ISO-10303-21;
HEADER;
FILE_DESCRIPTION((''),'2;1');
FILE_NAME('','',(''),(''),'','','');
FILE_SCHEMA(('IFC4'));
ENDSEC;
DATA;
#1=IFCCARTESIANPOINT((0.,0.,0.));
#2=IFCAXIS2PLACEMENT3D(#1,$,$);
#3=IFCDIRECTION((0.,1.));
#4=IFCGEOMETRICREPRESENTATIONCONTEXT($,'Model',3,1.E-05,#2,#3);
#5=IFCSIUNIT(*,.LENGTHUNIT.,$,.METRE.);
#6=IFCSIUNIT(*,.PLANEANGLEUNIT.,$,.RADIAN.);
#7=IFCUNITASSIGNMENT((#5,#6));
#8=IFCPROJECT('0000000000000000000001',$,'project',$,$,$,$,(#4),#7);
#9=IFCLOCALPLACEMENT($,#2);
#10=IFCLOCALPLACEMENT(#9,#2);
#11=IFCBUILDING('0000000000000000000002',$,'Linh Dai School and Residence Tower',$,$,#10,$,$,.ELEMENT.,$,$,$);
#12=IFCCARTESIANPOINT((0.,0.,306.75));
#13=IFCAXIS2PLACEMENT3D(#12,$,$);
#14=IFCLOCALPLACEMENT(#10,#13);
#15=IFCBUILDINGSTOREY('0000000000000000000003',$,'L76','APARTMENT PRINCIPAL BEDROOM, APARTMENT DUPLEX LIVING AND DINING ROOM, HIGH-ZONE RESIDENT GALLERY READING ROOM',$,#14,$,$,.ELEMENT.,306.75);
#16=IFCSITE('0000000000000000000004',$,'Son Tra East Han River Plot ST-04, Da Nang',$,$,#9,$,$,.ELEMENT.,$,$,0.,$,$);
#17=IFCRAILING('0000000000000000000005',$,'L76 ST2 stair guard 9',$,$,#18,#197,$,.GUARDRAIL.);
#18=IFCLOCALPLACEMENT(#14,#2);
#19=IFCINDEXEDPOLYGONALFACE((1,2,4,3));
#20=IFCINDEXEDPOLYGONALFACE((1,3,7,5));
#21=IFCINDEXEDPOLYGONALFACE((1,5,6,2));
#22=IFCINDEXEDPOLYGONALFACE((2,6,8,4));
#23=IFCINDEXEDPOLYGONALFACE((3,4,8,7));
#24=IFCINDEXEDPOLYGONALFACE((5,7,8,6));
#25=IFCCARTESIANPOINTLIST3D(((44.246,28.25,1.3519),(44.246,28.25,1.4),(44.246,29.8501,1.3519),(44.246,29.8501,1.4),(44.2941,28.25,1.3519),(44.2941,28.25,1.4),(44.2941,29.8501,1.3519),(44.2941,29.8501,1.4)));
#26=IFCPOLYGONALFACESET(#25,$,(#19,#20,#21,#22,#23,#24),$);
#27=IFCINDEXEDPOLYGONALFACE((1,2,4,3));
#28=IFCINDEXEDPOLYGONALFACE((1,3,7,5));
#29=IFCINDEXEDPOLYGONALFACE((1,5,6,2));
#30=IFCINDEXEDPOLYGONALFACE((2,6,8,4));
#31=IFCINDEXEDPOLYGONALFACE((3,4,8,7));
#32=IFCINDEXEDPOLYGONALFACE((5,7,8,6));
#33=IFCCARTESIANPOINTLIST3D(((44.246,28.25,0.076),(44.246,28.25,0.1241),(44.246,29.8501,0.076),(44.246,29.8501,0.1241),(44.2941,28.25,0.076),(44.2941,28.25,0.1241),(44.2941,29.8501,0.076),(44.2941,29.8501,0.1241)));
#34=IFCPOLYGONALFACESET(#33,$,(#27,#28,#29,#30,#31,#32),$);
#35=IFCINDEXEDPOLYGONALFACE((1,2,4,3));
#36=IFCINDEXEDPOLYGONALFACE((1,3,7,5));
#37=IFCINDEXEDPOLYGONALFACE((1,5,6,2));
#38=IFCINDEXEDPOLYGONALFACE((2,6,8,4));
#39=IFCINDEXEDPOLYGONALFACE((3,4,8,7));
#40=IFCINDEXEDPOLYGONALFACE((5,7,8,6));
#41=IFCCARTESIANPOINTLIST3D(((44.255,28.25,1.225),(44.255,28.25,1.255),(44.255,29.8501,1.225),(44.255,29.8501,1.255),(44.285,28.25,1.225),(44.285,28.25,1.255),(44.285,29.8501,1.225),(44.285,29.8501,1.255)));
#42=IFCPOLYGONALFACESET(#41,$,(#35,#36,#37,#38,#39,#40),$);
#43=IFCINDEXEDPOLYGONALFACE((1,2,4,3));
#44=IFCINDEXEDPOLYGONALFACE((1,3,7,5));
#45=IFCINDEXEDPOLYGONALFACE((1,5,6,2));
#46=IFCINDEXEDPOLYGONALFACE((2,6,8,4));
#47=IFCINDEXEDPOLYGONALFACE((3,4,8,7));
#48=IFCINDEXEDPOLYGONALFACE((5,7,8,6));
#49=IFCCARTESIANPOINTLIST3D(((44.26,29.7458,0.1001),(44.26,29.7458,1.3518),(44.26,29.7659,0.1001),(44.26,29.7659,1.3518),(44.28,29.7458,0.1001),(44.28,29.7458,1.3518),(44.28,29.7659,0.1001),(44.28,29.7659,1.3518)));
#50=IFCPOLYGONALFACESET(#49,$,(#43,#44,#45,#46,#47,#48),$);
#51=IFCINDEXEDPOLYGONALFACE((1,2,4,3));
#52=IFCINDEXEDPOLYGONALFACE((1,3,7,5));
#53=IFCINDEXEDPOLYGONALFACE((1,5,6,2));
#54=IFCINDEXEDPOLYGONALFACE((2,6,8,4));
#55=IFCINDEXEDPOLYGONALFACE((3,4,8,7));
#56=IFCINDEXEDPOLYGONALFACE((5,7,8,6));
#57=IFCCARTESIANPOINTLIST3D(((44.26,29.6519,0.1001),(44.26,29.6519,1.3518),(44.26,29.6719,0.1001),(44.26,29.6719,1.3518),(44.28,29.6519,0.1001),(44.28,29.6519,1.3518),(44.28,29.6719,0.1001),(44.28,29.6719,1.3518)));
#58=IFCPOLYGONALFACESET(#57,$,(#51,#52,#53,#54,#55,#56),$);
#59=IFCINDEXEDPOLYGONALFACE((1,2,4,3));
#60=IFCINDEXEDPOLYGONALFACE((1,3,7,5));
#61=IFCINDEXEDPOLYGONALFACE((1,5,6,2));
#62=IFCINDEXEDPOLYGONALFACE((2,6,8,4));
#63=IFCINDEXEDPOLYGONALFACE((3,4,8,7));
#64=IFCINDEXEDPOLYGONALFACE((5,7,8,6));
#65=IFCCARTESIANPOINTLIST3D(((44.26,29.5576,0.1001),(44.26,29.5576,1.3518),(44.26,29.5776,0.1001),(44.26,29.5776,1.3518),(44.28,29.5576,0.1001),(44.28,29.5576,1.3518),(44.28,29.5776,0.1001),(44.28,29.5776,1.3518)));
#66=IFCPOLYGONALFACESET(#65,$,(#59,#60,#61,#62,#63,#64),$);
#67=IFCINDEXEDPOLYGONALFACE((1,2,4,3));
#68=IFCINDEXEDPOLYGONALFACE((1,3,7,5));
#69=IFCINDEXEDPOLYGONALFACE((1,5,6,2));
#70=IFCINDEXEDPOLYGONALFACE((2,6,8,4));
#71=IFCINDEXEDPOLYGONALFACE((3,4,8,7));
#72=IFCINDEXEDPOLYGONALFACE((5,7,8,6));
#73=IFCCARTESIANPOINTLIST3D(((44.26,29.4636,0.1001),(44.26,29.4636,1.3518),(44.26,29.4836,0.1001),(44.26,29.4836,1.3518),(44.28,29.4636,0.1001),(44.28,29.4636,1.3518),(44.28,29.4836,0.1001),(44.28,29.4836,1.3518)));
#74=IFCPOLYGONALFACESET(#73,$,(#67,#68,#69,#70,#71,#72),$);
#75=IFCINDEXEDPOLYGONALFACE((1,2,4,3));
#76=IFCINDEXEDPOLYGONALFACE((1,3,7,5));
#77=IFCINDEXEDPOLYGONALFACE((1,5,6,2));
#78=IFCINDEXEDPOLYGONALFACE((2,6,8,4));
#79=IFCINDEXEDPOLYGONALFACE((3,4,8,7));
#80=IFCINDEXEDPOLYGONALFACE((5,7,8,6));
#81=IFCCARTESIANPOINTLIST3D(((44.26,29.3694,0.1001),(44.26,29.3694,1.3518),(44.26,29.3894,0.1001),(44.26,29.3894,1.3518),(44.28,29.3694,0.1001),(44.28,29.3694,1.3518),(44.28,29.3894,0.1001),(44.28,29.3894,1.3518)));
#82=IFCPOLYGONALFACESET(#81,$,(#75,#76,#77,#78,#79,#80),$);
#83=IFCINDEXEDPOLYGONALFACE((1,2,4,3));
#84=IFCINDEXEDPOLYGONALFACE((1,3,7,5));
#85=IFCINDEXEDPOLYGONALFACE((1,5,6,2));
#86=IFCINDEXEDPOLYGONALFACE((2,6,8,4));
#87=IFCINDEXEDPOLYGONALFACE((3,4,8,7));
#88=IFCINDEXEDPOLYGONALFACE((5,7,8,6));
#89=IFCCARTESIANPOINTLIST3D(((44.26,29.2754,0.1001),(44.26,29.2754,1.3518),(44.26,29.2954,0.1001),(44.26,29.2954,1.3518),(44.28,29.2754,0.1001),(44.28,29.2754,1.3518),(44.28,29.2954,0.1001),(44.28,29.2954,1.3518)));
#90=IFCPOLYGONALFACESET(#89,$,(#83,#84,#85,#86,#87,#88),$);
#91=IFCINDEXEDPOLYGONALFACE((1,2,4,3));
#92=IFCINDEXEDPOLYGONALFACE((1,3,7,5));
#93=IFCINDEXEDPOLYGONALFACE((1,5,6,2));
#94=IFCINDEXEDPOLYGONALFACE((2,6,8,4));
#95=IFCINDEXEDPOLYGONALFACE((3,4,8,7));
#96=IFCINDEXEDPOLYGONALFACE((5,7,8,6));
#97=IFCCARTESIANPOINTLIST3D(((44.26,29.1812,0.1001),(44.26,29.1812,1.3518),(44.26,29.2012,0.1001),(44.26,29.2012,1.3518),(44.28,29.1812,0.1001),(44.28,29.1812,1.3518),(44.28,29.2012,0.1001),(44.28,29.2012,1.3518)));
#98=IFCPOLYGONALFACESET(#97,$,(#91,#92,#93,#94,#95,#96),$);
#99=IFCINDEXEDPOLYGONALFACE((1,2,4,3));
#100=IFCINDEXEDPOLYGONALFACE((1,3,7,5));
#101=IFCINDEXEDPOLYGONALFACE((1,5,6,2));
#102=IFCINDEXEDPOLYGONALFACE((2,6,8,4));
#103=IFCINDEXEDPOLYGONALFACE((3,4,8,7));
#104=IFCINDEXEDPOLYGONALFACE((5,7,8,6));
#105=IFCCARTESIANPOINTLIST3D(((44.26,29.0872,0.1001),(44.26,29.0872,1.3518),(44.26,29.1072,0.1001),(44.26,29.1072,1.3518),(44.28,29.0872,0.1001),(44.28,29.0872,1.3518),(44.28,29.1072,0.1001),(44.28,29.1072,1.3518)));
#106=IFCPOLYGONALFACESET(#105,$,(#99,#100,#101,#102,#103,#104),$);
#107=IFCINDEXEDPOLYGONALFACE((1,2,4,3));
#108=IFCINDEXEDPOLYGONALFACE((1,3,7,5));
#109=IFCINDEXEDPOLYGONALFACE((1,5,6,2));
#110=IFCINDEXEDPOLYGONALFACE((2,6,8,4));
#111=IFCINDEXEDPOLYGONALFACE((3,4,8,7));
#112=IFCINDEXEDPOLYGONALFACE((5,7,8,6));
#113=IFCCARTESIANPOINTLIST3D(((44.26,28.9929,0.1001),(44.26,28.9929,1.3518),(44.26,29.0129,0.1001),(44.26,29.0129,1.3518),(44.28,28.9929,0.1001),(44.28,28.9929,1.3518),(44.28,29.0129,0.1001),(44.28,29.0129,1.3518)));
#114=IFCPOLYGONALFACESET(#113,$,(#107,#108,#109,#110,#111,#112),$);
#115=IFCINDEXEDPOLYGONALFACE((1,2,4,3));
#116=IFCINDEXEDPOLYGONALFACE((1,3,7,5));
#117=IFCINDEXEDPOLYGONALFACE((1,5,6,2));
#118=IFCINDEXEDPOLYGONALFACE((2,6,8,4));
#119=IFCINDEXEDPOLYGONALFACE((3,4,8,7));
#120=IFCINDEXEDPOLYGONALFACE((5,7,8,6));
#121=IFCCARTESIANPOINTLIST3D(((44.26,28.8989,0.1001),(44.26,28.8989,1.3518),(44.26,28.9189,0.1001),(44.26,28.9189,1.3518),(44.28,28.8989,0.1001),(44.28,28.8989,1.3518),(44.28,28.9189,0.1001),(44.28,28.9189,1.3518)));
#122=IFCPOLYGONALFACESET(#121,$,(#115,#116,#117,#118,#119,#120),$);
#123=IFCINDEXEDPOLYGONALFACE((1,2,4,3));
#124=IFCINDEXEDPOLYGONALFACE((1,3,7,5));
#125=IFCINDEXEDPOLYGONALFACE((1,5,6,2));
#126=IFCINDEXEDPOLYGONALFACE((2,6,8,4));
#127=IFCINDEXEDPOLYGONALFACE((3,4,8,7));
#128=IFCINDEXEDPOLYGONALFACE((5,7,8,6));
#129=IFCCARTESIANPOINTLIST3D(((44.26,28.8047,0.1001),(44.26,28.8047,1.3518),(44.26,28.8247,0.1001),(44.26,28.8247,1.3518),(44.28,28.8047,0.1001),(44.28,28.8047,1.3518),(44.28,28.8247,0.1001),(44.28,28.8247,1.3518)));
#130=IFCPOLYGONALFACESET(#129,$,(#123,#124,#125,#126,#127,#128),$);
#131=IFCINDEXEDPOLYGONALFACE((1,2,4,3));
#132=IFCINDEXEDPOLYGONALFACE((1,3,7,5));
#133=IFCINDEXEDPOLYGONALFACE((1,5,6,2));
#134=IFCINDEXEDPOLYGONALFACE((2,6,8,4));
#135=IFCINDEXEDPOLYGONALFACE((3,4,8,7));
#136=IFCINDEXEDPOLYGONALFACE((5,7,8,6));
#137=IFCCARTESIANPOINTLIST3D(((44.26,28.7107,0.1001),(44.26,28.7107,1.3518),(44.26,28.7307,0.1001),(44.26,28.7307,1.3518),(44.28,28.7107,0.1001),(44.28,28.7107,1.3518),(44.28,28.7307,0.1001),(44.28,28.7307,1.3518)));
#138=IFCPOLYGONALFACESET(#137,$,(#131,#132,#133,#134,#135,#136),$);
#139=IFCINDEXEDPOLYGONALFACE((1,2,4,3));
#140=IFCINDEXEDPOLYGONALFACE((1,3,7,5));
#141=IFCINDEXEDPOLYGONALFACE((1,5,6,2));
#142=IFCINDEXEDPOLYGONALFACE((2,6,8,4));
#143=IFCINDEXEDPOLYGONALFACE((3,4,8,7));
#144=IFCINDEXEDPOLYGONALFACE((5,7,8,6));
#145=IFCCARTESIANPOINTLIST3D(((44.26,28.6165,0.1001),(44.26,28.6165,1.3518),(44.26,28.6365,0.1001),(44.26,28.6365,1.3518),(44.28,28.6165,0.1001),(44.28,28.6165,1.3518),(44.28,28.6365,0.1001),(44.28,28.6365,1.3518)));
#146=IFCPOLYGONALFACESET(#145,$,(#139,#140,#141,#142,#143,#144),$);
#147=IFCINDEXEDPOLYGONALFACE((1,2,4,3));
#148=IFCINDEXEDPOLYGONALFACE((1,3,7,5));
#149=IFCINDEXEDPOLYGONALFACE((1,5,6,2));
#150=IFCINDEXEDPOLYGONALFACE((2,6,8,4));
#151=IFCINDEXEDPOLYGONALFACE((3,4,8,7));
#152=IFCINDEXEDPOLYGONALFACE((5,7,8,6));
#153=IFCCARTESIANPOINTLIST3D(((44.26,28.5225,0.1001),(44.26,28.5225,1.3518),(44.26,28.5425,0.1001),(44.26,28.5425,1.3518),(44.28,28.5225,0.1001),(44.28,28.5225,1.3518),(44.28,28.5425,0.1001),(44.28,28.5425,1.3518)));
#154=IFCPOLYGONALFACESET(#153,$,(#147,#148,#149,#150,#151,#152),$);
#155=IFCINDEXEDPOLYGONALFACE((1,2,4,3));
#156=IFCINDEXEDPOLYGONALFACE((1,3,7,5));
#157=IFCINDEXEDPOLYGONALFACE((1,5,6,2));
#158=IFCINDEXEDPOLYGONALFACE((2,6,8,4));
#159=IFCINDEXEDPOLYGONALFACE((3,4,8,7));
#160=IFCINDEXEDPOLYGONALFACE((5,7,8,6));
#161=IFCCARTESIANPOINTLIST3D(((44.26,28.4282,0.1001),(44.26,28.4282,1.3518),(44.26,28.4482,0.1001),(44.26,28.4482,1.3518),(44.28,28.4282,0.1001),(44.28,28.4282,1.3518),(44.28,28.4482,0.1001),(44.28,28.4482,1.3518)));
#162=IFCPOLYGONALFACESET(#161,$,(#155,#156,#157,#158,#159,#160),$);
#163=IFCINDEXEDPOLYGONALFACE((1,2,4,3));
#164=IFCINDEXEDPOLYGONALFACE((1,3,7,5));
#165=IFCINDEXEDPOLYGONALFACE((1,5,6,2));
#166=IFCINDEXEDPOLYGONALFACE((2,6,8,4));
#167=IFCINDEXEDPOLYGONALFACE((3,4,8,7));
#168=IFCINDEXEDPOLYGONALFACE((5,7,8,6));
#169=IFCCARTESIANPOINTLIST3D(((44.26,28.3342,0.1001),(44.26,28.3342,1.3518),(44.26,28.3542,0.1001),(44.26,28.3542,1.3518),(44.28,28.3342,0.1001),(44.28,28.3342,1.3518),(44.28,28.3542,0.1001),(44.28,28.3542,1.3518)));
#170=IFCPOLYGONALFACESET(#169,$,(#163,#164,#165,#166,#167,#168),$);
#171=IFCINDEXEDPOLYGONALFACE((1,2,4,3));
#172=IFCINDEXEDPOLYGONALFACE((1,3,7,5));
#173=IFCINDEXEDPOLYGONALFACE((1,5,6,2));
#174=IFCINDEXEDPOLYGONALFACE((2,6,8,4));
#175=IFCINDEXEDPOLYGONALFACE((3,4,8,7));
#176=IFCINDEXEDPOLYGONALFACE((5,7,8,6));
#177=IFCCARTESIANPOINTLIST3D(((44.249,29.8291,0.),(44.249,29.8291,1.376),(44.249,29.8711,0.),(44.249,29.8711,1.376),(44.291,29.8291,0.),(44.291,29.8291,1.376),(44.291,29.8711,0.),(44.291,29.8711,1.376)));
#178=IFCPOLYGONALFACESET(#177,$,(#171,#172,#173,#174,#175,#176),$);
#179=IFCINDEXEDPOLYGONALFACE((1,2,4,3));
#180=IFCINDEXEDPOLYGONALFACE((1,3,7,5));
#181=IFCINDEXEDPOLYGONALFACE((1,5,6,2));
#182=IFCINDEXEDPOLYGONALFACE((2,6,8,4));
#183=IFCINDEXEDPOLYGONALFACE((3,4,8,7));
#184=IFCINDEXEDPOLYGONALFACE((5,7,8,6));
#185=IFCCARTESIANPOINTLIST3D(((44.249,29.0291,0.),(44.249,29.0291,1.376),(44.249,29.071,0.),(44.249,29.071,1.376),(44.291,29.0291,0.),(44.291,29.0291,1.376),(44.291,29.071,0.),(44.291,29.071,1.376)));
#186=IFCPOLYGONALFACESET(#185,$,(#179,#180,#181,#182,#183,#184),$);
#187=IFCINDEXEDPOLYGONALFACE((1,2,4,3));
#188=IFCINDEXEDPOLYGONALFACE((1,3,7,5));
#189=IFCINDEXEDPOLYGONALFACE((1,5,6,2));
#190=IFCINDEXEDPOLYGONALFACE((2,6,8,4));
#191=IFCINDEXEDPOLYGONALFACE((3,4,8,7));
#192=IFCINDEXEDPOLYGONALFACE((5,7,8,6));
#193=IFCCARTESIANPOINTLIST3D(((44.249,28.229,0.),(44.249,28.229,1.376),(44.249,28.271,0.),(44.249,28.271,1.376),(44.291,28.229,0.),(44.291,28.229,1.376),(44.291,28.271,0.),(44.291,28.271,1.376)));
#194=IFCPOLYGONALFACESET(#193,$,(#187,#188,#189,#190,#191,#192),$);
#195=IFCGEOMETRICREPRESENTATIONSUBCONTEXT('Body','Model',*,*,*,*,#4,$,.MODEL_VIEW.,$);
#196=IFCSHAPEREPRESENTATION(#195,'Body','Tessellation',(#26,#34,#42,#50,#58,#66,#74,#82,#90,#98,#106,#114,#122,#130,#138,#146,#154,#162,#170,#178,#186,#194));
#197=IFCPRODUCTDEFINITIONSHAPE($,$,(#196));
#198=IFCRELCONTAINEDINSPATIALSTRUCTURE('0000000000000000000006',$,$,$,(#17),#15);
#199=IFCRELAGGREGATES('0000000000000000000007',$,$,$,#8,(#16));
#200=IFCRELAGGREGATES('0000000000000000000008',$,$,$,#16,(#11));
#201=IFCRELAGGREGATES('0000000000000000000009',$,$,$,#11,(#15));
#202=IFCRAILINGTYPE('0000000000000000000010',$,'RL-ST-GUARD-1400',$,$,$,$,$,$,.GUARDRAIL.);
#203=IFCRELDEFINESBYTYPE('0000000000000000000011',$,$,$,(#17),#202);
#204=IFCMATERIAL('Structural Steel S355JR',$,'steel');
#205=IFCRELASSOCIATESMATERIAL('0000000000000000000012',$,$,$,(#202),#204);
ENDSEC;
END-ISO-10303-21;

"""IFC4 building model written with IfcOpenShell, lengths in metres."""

from ifc_helpers import new_model, si_unit, direction, frame, origin, origin_2d, place, context, subcontext, project, spatial, rectangle, extrude, source, transform, mapped, material, type_object, element, save


model = new_model("IFC4")

# Units and contexts
model_context = context("Model", 3, precision=1e-05, world=origin(), true_north=direction((0.0, 1.0)))
body_context = subcontext(model_context, "Body", "Model", "MODEL_VIEW")
ifc_project = project(units=[si_unit("LENGTHUNIT", "METRE"), si_unit("PLANEANGLEUNIT", "RADIAN")], contexts=[model_context])

# Site, building, storey
site_placement = place(None, origin())
site = spatial("IfcSite", under=ifc_project, at=site_placement, Name="Son Tra East Han River Plot ST-04, Da Nang", CompositionType="ELEMENT", RefElevation=0.0)
building_placement = place(site_placement, origin())
building = spatial("IfcBuilding", under=site, at=building_placement, Name="Linh Dai School and Residence Tower", CompositionType="ELEMENT")
storey_placement = place(building_placement, frame((0.0, 0.0, 306.75)))
storey = spatial("IfcBuildingStorey", under=building, at=storey_placement, Name="L76", Description="APARTMENT PRINCIPAL BEDROOM, APARTMENT DUPLEX LIVING AND DINING ROOM, HIGH-ZONE RESIDENT GALLERY READING ROOM", CompositionType="ELEMENT", Elevation=306.75)

# Shared definitions
ifc_material_1 = material(Name="Structural Steel S355JR", Category="steel")

# Railing
railing_type_1 = type_object("IfcRailingType", Name="RL-ST-GUARD-1400", PredefinedType="GUARDRAIL", material=ifc_material_1)
shared_shape_1 = source(origin(), body_context, "Body", "SweptSolid", [
    extrude(rectangle(XDim=0.0481, YDim=0.0481, at=origin_2d()), frame((0.0, 0.0, 1.376), z_axis=(0.0, -1.0, 0.0), x_axis=(1.0, 0.0, 0.0)), (0.0, 0.0, 1.0), 1.6001),
    extrude(rectangle(XDim=0.0481, YDim=0.0481, at=origin_2d()), frame((0.0, 0.0, 0.1001), z_axis=(0.0, -1.0, 0.0), x_axis=(1.0, 0.0, 0.0)), (0.0, 0.0, 1.0), 1.6001),
    extrude(rectangle(XDim=0.03, YDim=0.03, at=origin_2d()), frame((0.0, 0.0, 1.24), z_axis=(0.0, -1.0, 0.0), x_axis=(1.0, 0.0, 0.0)), (0.0, 0.0, 1.0), 1.6001),
    extrude(rectangle(XDim=0.02, YDim=0.02, at=origin_2d()), frame((0.0, -0.0942, 0.1001)), (0.0, 0.0, 1.0), 1.2517),
    extrude(rectangle(XDim=0.02, YDim=0.02, at=origin_2d()), frame((0.0, -0.1882, 0.1001)), (0.0, 0.0, 1.0), 1.2517),
    extrude(rectangle(XDim=0.02, YDim=0.02, at=origin_2d()), frame((0.0, -0.2825, 0.1001)), (0.0, 0.0, 1.0), 1.2517),
    extrude(rectangle(XDim=0.02, YDim=0.02, at=origin_2d()), frame((0.0, -0.3765, 0.1001)), (0.0, 0.0, 1.0), 1.2517),
    extrude(rectangle(XDim=0.02, YDim=0.02, at=origin_2d()), frame((0.0, -0.4707, 0.1001)), (0.0, 0.0, 1.0), 1.2517),
    extrude(rectangle(XDim=0.02, YDim=0.02, at=origin_2d()), frame((0.0, -0.5647, 0.1001)), (0.0, 0.0, 1.0), 1.2517),
    extrude(rectangle(XDim=0.02, YDim=0.02, at=origin_2d()), frame((0.0, -0.6589, 0.1001)), (0.0, 0.0, 1.0), 1.2517),
    extrude(rectangle(XDim=0.02, YDim=0.02, at=origin_2d()), frame((0.0, -0.7529, 0.1001)), (0.0, 0.0, 1.0), 1.2517),
    extrude(rectangle(XDim=0.02, YDim=0.02, at=origin_2d()), frame((0.0, -0.8472, 0.1001)), (0.0, 0.0, 1.0), 1.2517),
    extrude(rectangle(XDim=0.02, YDim=0.02, at=origin_2d()), frame((0.0, -0.9412, 0.1001)), (0.0, 0.0, 1.0), 1.2517),
    extrude(rectangle(XDim=0.02, YDim=0.02, at=origin_2d()), frame((0.0, -1.0354, 0.1001)), (0.0, 0.0, 1.0), 1.2517),
    extrude(rectangle(XDim=0.02, YDim=0.02, at=origin_2d()), frame((0.0, -1.1294, 0.1001)), (0.0, 0.0, 1.0), 1.2517),
    extrude(rectangle(XDim=0.02, YDim=0.02, at=origin_2d()), frame((0.0, -1.2236, 0.1001)), (0.0, 0.0, 1.0), 1.2517),
    extrude(rectangle(XDim=0.02, YDim=0.02, at=origin_2d()), frame((0.0, -1.3176, 0.1001)), (0.0, 0.0, 1.0), 1.2517),
    extrude(rectangle(XDim=0.02, YDim=0.02, at=origin_2d()), frame((0.0, -1.4119, 0.1001)), (0.0, 0.0, 1.0), 1.2517),
    extrude(rectangle(XDim=0.02, YDim=0.02, at=origin_2d()), frame((0.0, -1.5059, 0.1001)), (0.0, 0.0, 1.0), 1.2517),
    extrude(rectangle(XDim=0.042, YDim=0.042, at=origin_2d()), origin(), (0.0, 0.0, 1.0), 1.376),
    extrude(rectangle(XDim=0.042, YDim=0.042, at=origin_2d()), frame((0.0, -0.8, 0.0)), (0.0, 0.0, 1.0), 1.376),
    extrude(rectangle(XDim=0.042, YDim=0.042, at=origin_2d()), frame((0.0, -1.6001, 0.0)), (0.0, 0.0, 1.0), 1.376),
])
for number, where, name in (
    (1, (44.27, 29.8501, 0.0), "L76 ST2 stair guard 9"),
):
    element("IfcRailing", number, at=place(storey_placement, frame(where)), inside=storey, type_object=railing_type_1, Name=name, PredefinedType="GUARDRAIL", context=body_context, shape_type="MappedRepresentation", body=[
        mapped(shared_shape_1, transform((0.0, 0.0, 0.0), x_axis=(1.0, 0.0, 0.0), y_axis=(0.0, 1.0, 0.0), z_axis=(0.0, 0.0, 1.0), scale=1.0)),
    ])

save(model, "model.ifc")
